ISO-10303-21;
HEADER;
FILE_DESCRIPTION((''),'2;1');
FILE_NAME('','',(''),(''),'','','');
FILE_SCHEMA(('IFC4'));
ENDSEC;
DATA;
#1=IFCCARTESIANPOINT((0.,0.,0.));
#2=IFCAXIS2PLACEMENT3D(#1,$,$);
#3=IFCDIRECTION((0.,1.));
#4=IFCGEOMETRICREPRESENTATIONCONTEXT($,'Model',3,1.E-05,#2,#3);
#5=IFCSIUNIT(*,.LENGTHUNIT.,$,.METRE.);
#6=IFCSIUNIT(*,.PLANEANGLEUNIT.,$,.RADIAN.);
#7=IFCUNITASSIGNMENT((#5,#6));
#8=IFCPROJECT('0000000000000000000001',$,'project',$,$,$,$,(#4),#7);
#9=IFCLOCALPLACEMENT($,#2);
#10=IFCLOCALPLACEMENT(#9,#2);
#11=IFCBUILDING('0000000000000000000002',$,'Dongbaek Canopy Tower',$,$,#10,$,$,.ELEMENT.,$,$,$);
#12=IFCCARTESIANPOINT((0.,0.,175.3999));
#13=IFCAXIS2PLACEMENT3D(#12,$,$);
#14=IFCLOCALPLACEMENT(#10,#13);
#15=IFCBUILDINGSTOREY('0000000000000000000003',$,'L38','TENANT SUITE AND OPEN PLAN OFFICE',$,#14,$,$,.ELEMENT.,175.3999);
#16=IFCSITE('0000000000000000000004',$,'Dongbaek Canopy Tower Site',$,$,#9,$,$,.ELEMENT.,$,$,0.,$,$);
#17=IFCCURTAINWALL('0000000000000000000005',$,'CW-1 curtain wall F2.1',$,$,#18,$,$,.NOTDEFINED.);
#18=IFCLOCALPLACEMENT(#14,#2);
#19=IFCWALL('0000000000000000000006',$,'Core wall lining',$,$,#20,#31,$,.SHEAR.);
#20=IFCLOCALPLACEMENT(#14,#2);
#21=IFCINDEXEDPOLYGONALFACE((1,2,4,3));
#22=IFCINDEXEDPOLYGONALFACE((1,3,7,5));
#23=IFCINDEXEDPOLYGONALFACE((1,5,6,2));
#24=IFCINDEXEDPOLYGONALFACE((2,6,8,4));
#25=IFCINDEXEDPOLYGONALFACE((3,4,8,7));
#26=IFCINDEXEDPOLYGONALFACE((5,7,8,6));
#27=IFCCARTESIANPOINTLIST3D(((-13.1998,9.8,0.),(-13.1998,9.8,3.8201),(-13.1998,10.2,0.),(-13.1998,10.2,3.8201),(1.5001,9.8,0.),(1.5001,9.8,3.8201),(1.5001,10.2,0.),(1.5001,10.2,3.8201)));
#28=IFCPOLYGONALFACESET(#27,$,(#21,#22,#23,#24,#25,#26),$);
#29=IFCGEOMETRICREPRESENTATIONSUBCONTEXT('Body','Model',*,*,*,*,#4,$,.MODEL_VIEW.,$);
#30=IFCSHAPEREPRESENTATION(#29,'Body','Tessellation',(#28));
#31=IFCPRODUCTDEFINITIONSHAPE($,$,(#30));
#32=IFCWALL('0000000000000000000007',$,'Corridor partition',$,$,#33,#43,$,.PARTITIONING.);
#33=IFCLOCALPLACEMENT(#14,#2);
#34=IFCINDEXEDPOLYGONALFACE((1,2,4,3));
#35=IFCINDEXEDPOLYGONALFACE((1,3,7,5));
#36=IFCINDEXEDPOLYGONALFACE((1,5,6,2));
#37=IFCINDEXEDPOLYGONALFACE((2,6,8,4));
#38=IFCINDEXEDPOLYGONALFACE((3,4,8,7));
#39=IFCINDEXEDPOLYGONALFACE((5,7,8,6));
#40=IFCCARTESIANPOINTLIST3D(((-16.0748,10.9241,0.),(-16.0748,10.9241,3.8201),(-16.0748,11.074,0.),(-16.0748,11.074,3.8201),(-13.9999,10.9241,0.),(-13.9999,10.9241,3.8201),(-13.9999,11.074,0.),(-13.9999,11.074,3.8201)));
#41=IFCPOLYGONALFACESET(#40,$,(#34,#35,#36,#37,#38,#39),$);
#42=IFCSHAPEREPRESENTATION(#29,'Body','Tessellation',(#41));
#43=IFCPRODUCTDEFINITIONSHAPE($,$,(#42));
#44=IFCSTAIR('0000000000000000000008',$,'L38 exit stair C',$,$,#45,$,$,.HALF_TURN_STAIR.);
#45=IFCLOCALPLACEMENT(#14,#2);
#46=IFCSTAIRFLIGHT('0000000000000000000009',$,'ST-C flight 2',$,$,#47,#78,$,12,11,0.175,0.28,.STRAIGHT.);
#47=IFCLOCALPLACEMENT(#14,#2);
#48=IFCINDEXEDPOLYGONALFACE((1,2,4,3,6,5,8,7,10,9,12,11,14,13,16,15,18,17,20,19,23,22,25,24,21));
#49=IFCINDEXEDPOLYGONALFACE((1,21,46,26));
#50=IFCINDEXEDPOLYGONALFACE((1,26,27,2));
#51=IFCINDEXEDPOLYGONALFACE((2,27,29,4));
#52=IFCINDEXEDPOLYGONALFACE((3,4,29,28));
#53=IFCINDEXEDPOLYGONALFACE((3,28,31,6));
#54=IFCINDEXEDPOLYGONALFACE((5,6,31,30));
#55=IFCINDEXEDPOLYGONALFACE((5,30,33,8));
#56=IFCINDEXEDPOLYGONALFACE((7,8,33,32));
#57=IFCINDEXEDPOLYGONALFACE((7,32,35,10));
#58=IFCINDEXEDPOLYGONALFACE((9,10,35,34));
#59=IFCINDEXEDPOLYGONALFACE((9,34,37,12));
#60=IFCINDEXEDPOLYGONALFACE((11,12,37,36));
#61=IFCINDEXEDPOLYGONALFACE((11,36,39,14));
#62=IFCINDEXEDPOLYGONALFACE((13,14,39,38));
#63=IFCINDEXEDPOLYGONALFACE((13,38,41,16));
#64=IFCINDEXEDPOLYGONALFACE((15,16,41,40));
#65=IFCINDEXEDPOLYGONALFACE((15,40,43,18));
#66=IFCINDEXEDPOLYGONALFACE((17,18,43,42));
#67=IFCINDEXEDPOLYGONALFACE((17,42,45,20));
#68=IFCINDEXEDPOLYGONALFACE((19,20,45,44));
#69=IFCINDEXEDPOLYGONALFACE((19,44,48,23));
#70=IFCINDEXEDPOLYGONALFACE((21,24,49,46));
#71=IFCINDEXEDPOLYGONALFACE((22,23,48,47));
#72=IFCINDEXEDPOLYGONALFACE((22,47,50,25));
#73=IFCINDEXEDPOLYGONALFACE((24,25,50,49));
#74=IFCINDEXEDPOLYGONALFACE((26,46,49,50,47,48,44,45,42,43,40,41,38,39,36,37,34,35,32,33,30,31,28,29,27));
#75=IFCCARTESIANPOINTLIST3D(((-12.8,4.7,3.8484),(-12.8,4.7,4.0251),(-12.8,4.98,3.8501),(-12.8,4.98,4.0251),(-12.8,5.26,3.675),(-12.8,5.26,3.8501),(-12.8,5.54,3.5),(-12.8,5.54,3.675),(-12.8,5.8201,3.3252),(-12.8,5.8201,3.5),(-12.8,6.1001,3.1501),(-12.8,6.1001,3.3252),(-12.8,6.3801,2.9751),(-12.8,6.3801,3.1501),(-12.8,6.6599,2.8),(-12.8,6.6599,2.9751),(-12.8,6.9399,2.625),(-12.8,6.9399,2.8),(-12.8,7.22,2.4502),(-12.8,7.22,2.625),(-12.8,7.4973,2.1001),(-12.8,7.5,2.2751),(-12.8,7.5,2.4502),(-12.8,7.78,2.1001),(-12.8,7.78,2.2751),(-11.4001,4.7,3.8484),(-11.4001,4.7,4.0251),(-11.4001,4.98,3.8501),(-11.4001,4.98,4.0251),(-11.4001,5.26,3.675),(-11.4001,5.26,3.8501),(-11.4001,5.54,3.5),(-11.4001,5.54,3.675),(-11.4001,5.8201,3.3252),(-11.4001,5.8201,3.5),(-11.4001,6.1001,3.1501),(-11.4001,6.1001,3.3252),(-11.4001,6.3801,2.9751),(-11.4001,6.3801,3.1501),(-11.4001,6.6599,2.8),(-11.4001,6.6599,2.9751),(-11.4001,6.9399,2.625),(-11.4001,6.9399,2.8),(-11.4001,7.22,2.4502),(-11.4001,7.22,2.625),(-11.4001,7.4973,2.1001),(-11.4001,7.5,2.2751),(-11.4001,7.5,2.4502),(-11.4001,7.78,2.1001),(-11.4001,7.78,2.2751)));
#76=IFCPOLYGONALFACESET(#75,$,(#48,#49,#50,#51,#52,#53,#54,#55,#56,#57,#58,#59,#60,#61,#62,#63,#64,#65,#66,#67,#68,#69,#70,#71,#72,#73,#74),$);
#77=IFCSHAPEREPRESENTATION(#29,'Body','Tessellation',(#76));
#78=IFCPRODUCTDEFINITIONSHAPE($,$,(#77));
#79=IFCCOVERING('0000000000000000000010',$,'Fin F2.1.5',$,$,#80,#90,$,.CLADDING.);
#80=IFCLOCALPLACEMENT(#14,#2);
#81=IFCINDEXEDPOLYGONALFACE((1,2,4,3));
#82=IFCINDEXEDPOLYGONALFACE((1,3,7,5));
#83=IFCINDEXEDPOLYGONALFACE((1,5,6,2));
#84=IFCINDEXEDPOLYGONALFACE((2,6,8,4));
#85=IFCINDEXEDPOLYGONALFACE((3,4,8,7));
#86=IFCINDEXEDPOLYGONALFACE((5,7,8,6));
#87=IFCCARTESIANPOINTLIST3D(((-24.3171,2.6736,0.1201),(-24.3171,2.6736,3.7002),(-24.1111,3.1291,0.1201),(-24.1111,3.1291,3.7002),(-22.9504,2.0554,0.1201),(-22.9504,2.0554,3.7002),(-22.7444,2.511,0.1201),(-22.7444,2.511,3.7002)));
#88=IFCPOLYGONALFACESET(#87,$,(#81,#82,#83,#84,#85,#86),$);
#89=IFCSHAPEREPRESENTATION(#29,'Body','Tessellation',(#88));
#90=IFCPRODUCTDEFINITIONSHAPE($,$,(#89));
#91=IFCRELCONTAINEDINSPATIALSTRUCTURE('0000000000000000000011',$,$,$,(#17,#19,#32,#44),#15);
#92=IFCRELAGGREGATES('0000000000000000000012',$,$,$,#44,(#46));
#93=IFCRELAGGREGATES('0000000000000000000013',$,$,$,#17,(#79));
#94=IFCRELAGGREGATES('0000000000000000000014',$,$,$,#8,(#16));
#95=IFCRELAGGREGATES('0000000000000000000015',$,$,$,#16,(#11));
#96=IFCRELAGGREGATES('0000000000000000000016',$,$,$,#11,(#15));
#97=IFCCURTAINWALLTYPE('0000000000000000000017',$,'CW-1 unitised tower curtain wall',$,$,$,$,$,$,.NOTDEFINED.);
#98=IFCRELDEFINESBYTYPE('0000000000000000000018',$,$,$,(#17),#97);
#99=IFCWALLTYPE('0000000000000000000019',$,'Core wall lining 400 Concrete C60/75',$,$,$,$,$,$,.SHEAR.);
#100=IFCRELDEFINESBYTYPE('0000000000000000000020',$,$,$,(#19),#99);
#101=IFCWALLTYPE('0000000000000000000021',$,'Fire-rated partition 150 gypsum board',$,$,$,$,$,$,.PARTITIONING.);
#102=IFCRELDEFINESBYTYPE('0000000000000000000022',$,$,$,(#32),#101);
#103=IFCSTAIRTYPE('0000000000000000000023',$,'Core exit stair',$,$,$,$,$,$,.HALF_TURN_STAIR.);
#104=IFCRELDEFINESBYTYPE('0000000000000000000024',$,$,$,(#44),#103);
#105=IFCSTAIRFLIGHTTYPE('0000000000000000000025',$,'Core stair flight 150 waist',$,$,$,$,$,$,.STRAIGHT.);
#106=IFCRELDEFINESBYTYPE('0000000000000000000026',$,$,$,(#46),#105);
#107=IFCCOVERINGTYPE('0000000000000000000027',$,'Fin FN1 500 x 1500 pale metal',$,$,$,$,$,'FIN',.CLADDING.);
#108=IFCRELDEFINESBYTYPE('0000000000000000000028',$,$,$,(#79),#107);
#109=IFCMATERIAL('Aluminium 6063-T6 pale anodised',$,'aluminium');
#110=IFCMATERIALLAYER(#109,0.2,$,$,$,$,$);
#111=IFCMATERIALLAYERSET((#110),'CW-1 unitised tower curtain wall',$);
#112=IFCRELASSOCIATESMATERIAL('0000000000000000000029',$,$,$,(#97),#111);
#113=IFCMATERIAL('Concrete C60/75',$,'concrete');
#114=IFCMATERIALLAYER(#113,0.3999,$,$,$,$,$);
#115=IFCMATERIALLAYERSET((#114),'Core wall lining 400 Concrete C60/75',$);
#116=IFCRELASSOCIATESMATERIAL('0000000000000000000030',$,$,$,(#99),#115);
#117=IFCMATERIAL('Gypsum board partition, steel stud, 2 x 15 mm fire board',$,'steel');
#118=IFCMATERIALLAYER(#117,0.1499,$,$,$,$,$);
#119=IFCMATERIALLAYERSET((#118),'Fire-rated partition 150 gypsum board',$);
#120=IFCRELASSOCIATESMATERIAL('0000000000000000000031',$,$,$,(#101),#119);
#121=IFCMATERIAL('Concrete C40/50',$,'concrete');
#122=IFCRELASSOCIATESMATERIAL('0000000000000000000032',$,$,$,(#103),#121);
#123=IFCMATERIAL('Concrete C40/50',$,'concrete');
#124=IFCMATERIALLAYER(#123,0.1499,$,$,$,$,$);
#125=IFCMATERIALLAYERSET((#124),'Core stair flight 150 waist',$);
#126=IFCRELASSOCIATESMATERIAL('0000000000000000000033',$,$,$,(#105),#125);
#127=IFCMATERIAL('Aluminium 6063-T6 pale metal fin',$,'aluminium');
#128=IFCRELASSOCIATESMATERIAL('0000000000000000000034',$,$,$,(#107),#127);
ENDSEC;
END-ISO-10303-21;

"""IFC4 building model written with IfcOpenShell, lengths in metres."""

from ifc_helpers import new_model, si_unit, direction, frame, frame_2d, origin, origin_2d, place, context, subcontext, project, spatial, polyline, rectangle, outline, extrude, material, layer, layer_set, material_profile, profile_set, type_object, element, aggregate, save


model = new_model("IFC4")

# Units and contexts
model_context = context("Model", 3, precision=1e-05, world=origin(), true_north=direction((0.0, 1.0)))
body_context = subcontext(model_context, "Body", "Model", "MODEL_VIEW")
ifc_project = project(units=[si_unit("LENGTHUNIT", "METRE"), si_unit("PLANEANGLEUNIT", "RADIAN")], contexts=[model_context])

# Site, building, storey
site_placement = place(None, origin())
site = spatial("IfcSite", under=ifc_project, at=site_placement, Name="Dongbaek Canopy Tower Site", CompositionType="ELEMENT", RefElevation=0.0)
building_placement = place(site_placement, origin())
building = spatial("IfcBuilding", under=site, at=building_placement, Name="Dongbaek Canopy Tower", CompositionType="ELEMENT")
storey_placement = place(building_placement, frame((0.0, 0.0, 175.3999)))
storey = spatial("IfcBuildingStorey", under=building, at=storey_placement, Name="L38", Description="TENANT SUITE AND OPEN PLAN OFFICE", CompositionType="ELEMENT", Elevation=175.3999)

# Curtain wall
ifc_material_1 = material(Name="Aluminium 6063-T6 pale anodised", Category="aluminium")
ifc_layer_1 = layer(ifc_material_1, 0.2)
ifc_layer_set_1 = layer_set([ifc_layer_1], Name="CW-1 unitised tower curtain wall")
curtain_wall_type = type_object("IfcCurtainWallType", Name="CW-1 unitised tower curtain wall", PredefinedType="NOTDEFINED", material=ifc_layer_set_1)
curtain_wall_placement = place(storey_placement, origin())
curtain_wall = element("IfcCurtainWall", 1, at=curtain_wall_placement, inside=storey, type_object=curtain_wall_type, Name="CW-1 curtain wall F2.1", PredefinedType="NOTDEFINED")

# Walls
ifc_material_2 = material(Name="Concrete C60/75", Category="concrete")
ifc_layer_2 = layer(ifc_material_2, 0.3999)
ifc_layer_set_2 = layer_set([ifc_layer_2], Name="Core wall lining 400 Concrete C60/75")
wall_type_1 = type_object("IfcWallType", Name="Core wall lining 400 Concrete C60/75", PredefinedType="SHEAR", material=ifc_layer_set_2)
wall_1_placement = place(storey_placement, frame((-13.2, 10.0, 0.0), z_axis=(0.0, 0.0, 1.0), x_axis=(1.0, 0.0, 0.0)))
element("IfcWall", 2, at=wall_1_placement, inside=storey, type_object=wall_type_1, Name="Core wall lining", PredefinedType="SHEAR", context=body_context, shape_type="SweptSolid", body=[
    extrude(rectangle(XDim=14.7, YDim=0.3999, at=frame_2d((7.3501, 0.0))), origin(), (0.0, 0.0, 1.0), 3.8201),
])
ifc_material_3 = material(Name="Gypsum board partition, steel stud, 2 x 15 mm fire board", Category="steel")
ifc_layer_3 = layer(ifc_material_3, 0.1499)
ifc_layer_set_3 = layer_set([ifc_layer_3], Name="Fire-rated partition 150 gypsum board")
wall_type_2 = type_object("IfcWallType", Name="Fire-rated partition 150 gypsum board", PredefinedType="PARTITIONING", material=ifc_layer_set_3)
wall_2_placement = place(storey_placement, frame((-16.075, 10.999, 0.0), z_axis=(0.0, 0.0, 1.0), x_axis=(1.0, 0.0, 0.0)))
element("IfcWall", 3, at=wall_2_placement, inside=storey, type_object=wall_type_2, Name="Corridor partition", PredefinedType="PARTITIONING", context=body_context, shape_type="SweptSolid", body=[
    extrude(rectangle(XDim=2.075, YDim=0.1499, at=frame_2d((1.0376, 0.0))), origin(), (0.0, 0.0, 1.0), 3.8201),
])

# Stair, stair flight
ifc_material_4 = material(Name="Concrete C40/50", Category="concrete")
stair_type = type_object("IfcStairType", Name="Core exit stair", PredefinedType="HALF_TURN_STAIR", material=ifc_material_4)
stair_placement = place(storey_placement, origin())
stair = element("IfcStair", 4, at=stair_placement, inside=storey, type_object=stair_type, Name="L38 exit stair C", PredefinedType="HALF_TURN_STAIR")
ifc_material_5 = material(Name="Concrete C40/50", Category="concrete")
ifc_layer_4 = layer(ifc_material_5, 0.1499)
ifc_layer_set_4 = layer_set([ifc_layer_4], Name="Core stair flight 150 waist")
stair_flight_type = type_object("IfcStairFlightType", Name="Core stair flight 150 waist", PredefinedType="STRAIGHT", material=ifc_layer_set_4)
stair_flight_placement = place(storey_placement, frame((-12.1001, 7.78, 2.1001), z_axis=(0.0, 0.0, 1.0), x_axis=(0.0, -1.0, 0.0)))
stair_flight = element("IfcStairFlight", 5, at=stair_flight_placement, type_object=stair_flight_type, Name="ST-C flight 2", NumberOfRisers=12, NumberOfTreads=11, PredefinedType="STRAIGHT", RiserHeight=0.175, TreadLength=0.28, context=body_context, shape_type="SweptSolid", body=[
    extrude(outline(polyline([(0.0, 0.0), (0.0, 0.175), (0.28, 0.175), (0.28, 0.3501), (0.5601, 0.3501), (0.5601, 0.5249), (0.8401, 0.5249), (0.8401, 0.7), (1.1201, 0.7), (1.1201, 0.875), (1.3999, 0.875), (1.3999, 1.05), (1.6799, 1.05), (1.6799, 1.2251), (1.96, 1.2251), (1.96, 1.3999), (2.24, 1.3999), (2.24, 1.575), (2.52, 1.575), (2.52, 1.75), (2.8, 1.75), (2.8, 1.925), (3.0801, 1.925), (3.0801, 2.1001), (3.0801, 1.7483), (0.2827, 0.0), (0.0, 0.0)])), frame((0.0, 0.7, 0.0), z_axis=(0.0, -1.0, 0.0), x_axis=(1.0, 0.0, 0.0)), (0.0, 0.0, 1.0), 1.3999),
])
aggregate(stair, [stair_flight])

# Covering
ifc_material_6 = material(Name="Aluminium 6063-T6 pale metal fin", Category="aluminium")
ifc_material_profile_1 = material_profile(ifc_material_6, rectangle(XDim=1.5, YDim=0.5, at=origin_2d()), Name="Fin FN1 500 x 1500 pale metal")
ifc_profile_set_1 = profile_set([ifc_material_profile_1], Name="Aluminium 6063-T6 pale metal fin")
covering_type = type_object("IfcCoveringType", Name="Fin FN1 500 x 1500 pale metal", ElementType="FIN", PredefinedType="CLADDING", material=ifc_profile_set_1)
covering_placement = place(storey_placement, frame((-23.5308, 2.5923, 0.1201), z_axis=(0.0, 0.0, 1.0), x_axis=(-0.911148, 0.41208, 0.0)))
covering = element("IfcCovering", 6, at=covering_placement, type_object=covering_type, Name="Fin F2.1.5", PredefinedType="CLADDING", context=body_context, shape_type="SweptSolid", body=[
    extrude(rectangle(XDim=1.5, YDim=0.5, at=origin_2d()), origin(), (0.0, 0.0, 1.0), 3.5801),
])
aggregate(curtain_wall, [covering])

save(model, "model.ifc")
